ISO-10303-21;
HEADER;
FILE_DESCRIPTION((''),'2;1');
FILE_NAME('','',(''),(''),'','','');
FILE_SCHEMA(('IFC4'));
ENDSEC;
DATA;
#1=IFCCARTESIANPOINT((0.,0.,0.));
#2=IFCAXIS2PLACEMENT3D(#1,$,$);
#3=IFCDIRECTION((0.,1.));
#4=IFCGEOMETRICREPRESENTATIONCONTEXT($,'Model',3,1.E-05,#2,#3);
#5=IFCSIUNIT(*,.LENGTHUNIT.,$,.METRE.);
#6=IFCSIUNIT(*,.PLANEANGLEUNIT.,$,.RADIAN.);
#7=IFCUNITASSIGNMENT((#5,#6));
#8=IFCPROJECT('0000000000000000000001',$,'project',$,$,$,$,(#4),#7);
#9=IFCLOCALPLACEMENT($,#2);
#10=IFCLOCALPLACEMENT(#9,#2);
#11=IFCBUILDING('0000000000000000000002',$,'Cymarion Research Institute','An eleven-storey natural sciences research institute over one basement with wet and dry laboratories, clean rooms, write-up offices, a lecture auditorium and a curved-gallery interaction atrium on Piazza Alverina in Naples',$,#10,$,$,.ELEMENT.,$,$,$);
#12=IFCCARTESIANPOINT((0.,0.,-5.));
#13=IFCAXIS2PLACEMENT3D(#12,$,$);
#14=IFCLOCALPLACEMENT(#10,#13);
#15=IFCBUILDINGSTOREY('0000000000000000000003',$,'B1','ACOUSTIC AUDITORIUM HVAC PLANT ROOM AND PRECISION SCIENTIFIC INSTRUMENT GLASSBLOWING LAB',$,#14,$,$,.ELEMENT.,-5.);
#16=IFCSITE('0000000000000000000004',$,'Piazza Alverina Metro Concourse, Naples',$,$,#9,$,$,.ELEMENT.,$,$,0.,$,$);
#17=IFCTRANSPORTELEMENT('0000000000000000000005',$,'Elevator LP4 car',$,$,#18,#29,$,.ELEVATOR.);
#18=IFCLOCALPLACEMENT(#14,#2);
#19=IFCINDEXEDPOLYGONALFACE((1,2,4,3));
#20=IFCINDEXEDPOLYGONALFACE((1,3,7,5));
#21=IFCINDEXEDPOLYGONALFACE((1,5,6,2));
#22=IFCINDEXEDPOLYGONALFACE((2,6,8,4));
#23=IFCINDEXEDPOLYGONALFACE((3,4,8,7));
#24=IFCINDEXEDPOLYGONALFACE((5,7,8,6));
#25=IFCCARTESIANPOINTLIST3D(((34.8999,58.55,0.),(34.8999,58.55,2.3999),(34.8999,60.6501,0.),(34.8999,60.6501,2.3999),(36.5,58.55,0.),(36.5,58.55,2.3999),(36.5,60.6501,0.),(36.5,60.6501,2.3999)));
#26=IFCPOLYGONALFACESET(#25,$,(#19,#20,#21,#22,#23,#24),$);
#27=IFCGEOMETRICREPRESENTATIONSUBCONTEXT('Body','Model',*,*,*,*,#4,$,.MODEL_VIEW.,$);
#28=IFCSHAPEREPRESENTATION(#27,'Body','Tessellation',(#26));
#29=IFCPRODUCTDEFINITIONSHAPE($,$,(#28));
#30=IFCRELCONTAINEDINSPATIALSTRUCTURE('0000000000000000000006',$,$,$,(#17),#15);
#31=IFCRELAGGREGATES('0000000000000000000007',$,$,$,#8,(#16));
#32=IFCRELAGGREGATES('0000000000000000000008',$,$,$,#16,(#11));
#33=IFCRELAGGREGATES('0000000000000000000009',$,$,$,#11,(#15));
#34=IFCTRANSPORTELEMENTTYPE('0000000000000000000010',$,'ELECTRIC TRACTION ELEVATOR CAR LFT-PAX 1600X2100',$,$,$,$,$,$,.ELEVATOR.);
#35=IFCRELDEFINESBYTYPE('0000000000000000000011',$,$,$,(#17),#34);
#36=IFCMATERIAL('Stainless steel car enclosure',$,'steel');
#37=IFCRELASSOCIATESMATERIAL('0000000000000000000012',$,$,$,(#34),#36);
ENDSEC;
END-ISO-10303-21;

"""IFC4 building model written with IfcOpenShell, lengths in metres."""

from ifc_helpers import new_model, si_unit, direction, frame, origin, origin_2d, place, context, subcontext, project, spatial, rectangle, extrude, material, type_object, element, save


model = new_model("IFC4")

# Units and contexts
model_context = context("Model", 3, precision=1e-05, world=origin(), true_north=direction((0.0, 1.0)))
body_context = subcontext(model_context, "Body", "Model", "MODEL_VIEW")
ifc_project = project(units=[si_unit("LENGTHUNIT", "METRE"), si_unit("PLANEANGLEUNIT", "RADIAN")], contexts=[model_context])

# Site, building, storey
site_placement = place(None, origin())
site = spatial("IfcSite", under=ifc_project, at=site_placement, Name="Piazza Alverina Metro Concourse, Naples", CompositionType="ELEMENT", RefElevation=0.0)
building_placement = place(site_placement, origin())
building = spatial("IfcBuilding", under=site, at=building_placement, Name="Cymarion Research Institute", Description="An eleven-storey natural sciences research institute over one basement with wet and dry laboratories, clean rooms, write-up offices, a lecture auditorium and a curved-gallery interaction atrium on Piazza Alverina in Naples", CompositionType="ELEMENT")
storey_placement = place(building_placement, frame((0.0, 0.0, -5.0)))
storey = spatial("IfcBuildingStorey", under=building, at=storey_placement, Name="B1", Description="ACOUSTIC AUDITORIUM HVAC PLANT ROOM AND PRECISION SCIENTIFIC INSTRUMENT GLASSBLOWING LAB", CompositionType="ELEMENT", Elevation=-5.0)

# Transport element
ifc_material_1 = material(Name="Stainless steel car enclosure", Category="steel")
transport_element_type = type_object("IfcTransportElementType", Name="ELECTRIC TRACTION ELEVATOR CAR LFT-PAX 1600X2100", PredefinedType="ELEVATOR", material=ifc_material_1)
transport_element_placement = place(storey_placement, frame((35.7, 59.6001, 0.0), z_axis=(0.0, 0.0, 1.0), x_axis=(1.0, 0.0, 0.0)))
element("IfcTransportElement", 1, at=transport_element_placement, inside=storey, type_object=transport_element_type, Name="Elevator LP4 car", PredefinedType="ELEVATOR", context=body_context, shape_type="SweptSolid", body=[
    extrude(rectangle(XDim=1.6001, YDim=2.1001, at=origin_2d()), origin(), (0.0, 0.0, 1.0), 2.3999),
])

save(model, "model.ifc")
